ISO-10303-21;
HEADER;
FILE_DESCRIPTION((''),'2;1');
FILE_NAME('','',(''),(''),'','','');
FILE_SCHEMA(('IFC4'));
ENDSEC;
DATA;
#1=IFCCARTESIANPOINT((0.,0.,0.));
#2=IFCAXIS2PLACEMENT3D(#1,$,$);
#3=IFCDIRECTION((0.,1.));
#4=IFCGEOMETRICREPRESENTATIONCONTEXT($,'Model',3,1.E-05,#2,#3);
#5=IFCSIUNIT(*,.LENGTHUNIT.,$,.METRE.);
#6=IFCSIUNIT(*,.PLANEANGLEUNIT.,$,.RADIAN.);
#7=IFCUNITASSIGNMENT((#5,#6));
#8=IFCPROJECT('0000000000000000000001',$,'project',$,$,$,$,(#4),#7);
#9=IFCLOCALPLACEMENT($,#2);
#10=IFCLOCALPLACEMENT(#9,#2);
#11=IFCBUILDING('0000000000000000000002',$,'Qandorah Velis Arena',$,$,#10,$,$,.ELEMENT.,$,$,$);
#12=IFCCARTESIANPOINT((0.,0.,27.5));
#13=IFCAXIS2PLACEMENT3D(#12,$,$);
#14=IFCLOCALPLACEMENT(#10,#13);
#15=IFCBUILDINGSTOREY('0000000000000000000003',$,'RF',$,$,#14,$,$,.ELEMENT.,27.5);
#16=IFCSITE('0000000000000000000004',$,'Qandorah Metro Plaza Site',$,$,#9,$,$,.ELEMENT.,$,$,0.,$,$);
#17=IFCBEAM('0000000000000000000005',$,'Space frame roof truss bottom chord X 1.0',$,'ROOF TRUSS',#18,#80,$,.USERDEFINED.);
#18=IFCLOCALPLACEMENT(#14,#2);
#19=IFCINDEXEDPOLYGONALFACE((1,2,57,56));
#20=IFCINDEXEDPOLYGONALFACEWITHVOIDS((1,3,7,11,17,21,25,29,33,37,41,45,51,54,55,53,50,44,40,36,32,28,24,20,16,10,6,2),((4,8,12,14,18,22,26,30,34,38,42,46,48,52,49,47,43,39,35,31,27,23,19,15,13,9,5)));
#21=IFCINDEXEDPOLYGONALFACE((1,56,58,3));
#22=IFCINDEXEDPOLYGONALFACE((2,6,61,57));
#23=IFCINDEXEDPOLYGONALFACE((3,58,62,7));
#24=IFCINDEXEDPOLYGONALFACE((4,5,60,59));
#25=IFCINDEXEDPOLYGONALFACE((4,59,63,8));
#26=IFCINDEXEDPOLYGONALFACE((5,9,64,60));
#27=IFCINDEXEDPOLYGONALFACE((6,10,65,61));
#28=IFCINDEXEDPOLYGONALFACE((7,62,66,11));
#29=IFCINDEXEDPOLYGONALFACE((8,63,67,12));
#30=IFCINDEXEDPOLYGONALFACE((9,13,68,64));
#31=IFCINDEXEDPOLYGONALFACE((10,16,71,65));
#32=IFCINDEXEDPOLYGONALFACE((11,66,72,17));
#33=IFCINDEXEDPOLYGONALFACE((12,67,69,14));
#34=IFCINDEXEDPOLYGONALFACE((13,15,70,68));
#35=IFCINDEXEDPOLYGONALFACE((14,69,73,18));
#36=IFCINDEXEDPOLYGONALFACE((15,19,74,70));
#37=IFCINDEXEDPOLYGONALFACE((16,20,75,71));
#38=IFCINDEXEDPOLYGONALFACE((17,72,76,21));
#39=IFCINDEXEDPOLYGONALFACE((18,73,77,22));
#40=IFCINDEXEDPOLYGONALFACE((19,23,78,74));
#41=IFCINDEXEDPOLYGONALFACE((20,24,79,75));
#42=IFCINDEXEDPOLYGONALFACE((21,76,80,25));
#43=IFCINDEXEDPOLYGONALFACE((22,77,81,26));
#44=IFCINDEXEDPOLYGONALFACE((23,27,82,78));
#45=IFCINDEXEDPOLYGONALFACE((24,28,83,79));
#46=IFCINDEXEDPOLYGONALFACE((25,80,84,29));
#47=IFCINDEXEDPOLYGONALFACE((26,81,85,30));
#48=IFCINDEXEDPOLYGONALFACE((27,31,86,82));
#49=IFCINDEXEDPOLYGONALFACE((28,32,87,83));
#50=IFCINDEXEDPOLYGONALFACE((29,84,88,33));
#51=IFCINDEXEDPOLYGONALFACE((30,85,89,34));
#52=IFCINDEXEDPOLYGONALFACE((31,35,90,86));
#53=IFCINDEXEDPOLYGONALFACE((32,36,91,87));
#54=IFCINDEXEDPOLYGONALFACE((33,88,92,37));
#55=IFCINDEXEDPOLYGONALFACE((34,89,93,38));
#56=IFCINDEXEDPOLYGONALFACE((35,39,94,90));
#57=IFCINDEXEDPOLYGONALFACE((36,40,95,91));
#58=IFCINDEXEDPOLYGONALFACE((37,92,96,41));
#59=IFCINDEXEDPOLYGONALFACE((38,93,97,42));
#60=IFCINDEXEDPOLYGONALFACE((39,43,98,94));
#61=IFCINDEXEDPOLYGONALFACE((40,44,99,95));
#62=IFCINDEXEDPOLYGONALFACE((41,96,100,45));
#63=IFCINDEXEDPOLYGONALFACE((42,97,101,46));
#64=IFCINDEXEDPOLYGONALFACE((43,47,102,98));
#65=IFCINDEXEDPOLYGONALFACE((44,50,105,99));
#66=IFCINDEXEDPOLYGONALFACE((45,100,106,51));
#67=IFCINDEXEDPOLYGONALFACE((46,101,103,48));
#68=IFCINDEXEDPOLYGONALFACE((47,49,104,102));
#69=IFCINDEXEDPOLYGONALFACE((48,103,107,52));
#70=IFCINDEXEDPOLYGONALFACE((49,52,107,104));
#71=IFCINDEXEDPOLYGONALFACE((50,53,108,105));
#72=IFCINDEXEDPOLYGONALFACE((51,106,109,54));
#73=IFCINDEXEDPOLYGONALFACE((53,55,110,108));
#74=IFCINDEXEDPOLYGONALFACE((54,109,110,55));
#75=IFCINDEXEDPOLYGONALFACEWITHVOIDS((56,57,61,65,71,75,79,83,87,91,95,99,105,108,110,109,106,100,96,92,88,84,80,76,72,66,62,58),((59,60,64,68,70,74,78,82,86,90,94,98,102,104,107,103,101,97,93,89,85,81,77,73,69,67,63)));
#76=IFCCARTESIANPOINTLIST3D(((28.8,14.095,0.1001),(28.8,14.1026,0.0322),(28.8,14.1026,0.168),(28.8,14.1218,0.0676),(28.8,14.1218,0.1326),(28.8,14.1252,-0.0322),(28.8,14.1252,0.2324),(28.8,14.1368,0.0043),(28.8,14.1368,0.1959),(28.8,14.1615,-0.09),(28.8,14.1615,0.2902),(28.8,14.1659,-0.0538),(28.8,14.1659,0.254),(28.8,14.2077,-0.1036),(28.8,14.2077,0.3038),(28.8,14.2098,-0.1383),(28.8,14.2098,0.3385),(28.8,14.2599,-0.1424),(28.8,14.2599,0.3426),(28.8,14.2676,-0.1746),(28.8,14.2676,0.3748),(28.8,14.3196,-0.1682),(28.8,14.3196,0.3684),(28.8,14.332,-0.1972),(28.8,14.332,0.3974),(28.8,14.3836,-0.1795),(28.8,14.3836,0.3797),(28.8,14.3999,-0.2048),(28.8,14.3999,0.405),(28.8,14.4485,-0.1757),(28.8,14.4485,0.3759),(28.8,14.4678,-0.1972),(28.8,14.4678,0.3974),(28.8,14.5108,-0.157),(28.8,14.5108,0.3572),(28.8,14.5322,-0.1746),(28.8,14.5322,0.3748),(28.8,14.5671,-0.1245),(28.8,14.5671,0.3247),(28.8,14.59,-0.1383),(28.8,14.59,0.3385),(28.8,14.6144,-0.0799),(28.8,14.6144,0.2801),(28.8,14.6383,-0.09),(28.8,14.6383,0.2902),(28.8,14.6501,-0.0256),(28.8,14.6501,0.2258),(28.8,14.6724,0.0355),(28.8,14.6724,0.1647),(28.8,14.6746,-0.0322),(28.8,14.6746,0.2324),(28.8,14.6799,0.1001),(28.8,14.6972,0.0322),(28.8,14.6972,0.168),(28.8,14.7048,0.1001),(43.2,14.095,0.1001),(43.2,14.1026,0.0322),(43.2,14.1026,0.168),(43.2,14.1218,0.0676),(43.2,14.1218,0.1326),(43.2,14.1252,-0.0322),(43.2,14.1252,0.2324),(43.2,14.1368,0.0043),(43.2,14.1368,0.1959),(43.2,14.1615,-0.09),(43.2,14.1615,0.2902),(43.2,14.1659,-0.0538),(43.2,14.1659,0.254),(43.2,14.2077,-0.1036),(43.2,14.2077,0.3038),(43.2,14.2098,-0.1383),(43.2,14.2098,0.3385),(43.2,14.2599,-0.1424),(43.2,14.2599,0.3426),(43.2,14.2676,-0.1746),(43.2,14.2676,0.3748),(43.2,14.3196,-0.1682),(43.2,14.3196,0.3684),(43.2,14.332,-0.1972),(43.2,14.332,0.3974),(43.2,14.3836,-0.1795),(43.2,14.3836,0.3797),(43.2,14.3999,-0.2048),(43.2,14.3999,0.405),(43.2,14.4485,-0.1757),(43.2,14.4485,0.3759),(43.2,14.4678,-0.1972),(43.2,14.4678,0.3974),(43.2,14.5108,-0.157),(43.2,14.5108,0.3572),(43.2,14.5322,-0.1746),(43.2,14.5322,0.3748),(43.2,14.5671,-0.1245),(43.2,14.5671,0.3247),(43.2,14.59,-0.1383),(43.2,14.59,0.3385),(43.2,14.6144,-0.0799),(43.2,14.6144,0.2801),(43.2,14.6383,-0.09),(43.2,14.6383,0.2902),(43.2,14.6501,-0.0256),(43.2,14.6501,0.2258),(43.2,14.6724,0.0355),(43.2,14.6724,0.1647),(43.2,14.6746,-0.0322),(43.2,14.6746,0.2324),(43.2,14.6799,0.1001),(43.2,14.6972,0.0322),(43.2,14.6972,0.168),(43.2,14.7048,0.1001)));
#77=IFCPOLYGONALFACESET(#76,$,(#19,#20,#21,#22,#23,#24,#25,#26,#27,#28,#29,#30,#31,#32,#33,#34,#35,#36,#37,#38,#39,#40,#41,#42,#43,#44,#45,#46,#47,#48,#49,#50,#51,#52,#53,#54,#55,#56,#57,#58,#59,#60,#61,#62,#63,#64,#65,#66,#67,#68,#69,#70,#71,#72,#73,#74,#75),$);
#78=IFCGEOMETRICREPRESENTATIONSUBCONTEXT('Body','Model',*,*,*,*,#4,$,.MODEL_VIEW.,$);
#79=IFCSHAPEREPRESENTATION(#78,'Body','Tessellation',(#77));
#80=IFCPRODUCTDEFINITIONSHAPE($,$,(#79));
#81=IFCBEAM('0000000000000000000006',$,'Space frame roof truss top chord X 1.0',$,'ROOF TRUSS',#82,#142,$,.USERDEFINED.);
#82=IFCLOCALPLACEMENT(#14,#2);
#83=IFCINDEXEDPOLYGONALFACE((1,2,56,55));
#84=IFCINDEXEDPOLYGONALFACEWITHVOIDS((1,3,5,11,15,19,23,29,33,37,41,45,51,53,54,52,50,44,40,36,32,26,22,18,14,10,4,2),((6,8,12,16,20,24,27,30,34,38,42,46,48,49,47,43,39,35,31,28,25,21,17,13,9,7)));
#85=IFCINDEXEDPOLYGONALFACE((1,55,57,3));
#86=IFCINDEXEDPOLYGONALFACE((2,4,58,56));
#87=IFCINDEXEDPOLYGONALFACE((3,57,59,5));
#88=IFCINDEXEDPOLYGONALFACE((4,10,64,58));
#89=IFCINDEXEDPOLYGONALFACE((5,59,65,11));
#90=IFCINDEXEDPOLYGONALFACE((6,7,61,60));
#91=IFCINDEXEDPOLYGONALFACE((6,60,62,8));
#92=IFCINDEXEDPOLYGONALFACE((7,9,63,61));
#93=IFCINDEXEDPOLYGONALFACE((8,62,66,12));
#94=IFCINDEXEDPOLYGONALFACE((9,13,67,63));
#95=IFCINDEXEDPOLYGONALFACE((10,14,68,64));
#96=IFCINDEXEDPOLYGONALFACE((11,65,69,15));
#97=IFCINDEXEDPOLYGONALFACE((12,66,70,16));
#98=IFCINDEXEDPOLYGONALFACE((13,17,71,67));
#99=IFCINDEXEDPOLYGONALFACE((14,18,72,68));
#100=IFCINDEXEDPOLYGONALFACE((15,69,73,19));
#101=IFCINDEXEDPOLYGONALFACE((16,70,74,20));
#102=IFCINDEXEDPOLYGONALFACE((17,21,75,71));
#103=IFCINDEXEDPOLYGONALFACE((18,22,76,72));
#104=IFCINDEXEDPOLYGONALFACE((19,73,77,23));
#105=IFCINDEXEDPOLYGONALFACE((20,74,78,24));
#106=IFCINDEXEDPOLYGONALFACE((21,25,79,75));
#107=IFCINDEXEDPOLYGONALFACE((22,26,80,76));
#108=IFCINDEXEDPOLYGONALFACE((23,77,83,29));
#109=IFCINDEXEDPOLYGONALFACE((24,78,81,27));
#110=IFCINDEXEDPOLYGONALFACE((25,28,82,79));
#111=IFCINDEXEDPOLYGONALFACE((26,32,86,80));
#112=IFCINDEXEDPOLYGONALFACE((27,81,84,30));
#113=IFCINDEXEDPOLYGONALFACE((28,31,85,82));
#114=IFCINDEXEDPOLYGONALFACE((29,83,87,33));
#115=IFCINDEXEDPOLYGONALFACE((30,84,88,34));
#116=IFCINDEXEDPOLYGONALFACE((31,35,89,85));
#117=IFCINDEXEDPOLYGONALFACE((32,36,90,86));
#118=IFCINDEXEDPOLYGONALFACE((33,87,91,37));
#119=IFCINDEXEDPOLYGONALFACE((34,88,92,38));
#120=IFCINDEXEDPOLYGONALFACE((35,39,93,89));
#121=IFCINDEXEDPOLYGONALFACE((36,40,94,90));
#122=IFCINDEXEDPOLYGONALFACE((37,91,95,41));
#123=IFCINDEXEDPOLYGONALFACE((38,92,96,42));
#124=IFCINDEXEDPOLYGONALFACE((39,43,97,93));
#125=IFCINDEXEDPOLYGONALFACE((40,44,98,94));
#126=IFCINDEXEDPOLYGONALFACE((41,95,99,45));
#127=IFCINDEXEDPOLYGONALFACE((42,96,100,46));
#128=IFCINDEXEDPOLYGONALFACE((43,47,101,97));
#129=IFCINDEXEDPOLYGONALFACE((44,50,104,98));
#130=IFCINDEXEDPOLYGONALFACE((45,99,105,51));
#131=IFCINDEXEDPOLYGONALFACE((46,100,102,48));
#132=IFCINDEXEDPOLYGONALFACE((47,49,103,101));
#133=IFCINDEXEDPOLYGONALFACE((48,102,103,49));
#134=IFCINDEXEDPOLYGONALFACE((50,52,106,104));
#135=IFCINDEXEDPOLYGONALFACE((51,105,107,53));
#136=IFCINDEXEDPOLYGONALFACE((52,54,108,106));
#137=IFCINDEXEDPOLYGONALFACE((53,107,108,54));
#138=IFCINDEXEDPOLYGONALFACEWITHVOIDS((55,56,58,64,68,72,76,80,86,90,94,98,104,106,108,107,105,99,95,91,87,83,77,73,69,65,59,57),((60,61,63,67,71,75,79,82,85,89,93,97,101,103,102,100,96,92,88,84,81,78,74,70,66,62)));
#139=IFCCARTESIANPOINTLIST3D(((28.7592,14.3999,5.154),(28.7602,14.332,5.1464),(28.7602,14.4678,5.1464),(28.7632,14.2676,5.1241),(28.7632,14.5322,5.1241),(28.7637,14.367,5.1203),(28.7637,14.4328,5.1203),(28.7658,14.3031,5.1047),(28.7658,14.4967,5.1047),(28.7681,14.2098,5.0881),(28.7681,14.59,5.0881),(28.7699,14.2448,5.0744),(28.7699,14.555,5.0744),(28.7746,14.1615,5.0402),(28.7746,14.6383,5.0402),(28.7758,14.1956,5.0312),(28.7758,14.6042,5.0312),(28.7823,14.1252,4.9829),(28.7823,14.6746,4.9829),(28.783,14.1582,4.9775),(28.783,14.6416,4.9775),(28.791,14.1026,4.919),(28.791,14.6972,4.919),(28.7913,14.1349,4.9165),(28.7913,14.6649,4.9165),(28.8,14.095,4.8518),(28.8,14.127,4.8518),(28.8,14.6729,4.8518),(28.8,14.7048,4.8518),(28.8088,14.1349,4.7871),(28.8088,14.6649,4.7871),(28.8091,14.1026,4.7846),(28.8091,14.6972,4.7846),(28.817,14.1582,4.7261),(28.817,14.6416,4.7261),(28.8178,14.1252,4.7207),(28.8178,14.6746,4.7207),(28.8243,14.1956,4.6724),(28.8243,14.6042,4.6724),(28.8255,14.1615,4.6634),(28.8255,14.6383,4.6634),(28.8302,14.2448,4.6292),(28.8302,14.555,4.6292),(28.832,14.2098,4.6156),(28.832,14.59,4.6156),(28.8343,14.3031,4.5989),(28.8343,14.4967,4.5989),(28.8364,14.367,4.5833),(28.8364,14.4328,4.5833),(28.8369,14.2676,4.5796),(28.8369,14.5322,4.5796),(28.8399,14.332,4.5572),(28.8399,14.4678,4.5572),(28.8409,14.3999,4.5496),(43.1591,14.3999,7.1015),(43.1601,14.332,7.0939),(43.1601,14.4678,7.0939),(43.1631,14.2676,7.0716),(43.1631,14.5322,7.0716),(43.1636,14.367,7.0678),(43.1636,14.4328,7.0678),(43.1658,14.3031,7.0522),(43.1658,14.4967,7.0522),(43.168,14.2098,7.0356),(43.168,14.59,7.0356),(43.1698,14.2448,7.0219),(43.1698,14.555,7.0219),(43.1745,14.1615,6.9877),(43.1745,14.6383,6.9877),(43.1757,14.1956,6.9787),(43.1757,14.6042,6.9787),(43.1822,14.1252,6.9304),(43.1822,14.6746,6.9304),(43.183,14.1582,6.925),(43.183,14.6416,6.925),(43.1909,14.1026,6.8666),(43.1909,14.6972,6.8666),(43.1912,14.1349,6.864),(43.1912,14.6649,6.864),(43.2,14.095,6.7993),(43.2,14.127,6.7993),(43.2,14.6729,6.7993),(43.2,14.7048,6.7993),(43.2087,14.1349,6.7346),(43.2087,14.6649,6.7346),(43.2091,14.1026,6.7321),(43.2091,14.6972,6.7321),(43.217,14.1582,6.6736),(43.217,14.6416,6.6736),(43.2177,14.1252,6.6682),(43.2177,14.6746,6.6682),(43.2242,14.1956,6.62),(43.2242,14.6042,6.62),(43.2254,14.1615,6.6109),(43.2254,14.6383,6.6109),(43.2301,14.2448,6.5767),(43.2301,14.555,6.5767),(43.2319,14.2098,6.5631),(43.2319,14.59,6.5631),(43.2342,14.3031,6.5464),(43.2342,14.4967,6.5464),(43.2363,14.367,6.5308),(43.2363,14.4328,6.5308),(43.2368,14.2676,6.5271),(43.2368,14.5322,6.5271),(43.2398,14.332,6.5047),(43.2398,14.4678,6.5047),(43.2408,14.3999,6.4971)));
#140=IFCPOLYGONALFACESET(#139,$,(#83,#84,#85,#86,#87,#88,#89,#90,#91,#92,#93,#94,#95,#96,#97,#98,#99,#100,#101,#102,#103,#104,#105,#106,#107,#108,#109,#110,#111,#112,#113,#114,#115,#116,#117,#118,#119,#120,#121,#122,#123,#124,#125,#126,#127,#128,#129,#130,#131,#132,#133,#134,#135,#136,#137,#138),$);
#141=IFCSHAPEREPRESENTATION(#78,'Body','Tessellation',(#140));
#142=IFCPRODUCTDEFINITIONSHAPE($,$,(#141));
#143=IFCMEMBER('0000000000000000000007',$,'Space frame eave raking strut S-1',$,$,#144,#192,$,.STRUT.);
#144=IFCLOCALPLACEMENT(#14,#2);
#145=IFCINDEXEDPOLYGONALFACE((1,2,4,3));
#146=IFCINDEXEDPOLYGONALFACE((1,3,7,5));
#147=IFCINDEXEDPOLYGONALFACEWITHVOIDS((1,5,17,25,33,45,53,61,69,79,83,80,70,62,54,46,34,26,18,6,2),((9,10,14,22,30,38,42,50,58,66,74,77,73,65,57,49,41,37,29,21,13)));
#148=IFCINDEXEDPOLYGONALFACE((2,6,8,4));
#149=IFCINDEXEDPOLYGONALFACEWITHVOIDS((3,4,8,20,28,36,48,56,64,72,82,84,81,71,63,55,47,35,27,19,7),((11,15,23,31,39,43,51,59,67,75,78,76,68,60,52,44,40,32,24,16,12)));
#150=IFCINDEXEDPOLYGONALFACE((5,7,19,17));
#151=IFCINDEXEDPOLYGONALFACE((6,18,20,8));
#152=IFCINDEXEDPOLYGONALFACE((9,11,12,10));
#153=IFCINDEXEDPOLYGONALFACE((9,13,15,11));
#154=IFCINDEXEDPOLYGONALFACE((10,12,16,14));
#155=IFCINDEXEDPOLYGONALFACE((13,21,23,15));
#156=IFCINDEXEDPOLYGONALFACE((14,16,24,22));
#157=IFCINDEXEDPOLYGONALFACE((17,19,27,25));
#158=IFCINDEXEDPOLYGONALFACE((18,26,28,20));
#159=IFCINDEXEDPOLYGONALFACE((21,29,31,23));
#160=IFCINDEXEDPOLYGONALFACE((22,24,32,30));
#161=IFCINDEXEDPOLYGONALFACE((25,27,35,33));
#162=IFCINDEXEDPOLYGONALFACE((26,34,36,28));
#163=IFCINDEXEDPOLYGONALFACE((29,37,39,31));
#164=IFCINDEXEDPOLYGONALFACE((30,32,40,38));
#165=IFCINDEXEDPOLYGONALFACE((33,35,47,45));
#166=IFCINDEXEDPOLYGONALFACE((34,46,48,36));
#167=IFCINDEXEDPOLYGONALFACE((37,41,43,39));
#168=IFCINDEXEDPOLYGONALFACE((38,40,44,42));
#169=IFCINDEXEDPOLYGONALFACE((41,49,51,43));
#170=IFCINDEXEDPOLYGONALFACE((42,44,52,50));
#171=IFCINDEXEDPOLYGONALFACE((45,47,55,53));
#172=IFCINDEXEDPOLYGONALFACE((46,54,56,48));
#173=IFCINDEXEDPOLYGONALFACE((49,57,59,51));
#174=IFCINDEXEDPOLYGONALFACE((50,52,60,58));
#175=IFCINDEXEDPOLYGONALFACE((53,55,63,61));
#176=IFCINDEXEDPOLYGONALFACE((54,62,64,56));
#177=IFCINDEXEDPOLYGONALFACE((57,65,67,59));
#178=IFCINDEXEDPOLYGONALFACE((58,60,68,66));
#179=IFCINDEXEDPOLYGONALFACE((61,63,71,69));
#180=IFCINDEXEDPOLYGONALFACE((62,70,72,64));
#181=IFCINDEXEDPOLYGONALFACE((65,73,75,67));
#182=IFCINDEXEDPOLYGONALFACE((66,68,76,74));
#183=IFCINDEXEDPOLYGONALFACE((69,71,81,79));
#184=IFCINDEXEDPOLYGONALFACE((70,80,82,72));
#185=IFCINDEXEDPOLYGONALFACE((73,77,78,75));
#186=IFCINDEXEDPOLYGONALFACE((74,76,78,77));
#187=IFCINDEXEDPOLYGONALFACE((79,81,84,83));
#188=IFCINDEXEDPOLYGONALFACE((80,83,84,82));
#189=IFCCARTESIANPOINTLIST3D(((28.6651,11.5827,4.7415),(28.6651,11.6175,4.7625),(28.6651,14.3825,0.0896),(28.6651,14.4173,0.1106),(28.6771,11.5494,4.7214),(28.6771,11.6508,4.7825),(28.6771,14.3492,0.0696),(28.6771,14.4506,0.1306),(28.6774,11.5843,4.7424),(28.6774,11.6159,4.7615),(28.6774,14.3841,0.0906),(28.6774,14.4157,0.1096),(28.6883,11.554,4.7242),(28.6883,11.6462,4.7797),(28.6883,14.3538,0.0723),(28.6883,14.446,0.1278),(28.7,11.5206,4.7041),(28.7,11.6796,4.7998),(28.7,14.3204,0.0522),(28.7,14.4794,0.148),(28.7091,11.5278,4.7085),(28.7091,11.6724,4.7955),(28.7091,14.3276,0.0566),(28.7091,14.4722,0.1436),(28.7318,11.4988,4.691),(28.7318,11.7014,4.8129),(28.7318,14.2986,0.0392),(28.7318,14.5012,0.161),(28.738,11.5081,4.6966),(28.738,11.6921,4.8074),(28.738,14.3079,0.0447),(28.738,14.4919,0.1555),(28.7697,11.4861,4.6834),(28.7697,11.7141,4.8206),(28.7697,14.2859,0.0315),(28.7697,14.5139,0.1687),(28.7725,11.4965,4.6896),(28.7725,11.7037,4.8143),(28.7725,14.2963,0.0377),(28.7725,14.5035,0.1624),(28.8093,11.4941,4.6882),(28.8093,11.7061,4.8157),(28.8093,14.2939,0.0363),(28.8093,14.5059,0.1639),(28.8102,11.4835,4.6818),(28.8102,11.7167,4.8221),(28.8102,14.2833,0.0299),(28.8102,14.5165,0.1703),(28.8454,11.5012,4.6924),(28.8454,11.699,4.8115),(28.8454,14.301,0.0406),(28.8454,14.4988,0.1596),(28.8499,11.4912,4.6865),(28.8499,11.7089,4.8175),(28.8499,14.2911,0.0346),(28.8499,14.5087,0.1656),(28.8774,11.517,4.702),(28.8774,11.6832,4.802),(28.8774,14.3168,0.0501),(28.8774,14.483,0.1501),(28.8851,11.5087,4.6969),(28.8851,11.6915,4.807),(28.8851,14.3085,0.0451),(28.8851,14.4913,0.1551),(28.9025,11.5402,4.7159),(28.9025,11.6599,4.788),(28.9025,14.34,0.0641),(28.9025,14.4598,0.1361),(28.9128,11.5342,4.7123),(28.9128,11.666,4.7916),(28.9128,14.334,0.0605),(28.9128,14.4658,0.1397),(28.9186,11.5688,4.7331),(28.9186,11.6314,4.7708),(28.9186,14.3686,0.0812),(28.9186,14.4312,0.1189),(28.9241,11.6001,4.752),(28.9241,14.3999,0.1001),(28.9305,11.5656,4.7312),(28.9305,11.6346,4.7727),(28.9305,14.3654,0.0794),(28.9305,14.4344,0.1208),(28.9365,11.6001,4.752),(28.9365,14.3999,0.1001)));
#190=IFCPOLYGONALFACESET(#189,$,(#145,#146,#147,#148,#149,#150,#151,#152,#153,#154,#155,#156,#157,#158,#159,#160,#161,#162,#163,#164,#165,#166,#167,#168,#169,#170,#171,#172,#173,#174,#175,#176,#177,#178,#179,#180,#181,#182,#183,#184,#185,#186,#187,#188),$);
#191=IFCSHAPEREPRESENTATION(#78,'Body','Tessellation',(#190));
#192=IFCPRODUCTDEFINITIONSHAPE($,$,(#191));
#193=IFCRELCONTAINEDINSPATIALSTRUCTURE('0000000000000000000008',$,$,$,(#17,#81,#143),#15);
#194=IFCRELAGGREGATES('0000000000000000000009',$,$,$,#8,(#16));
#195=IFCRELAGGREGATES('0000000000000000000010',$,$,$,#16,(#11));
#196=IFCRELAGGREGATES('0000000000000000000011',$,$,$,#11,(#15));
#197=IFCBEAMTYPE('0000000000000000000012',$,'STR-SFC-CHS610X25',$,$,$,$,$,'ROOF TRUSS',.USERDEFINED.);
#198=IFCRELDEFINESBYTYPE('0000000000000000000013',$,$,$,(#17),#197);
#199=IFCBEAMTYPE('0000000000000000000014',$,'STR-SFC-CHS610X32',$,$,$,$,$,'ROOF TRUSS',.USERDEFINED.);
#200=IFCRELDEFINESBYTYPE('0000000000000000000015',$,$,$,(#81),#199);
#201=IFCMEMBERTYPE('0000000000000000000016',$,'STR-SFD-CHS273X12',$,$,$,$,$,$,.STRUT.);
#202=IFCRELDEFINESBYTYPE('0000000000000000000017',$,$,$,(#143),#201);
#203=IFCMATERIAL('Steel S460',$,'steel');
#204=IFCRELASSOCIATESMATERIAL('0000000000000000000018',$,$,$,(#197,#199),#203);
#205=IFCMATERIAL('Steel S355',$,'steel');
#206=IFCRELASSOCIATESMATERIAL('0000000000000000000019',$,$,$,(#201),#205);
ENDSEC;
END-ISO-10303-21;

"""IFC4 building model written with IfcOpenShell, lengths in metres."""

from ifc_helpers import new_model, si_unit, direction, frame, origin, origin_2d, place, context, subcontext, project, spatial, hollow_circle, extrude, material, material_profile, profile_set, type_object, element, save


model = new_model("IFC4")

# Units and contexts
model_context = context("Model", 3, precision=1e-05, world=origin(), true_north=direction((0.0, 1.0)))
body_context = subcontext(model_context, "Body", "Model", "MODEL_VIEW")
ifc_project = project(units=[si_unit("LENGTHUNIT", "METRE"), si_unit("PLANEANGLEUNIT", "RADIAN")], contexts=[model_context])

# Site, building, storey
site_placement = place(None, origin())
site = spatial("IfcSite", under=ifc_project, at=site_placement, Name="Qandorah Metro Plaza Site", CompositionType="ELEMENT", RefElevation=0.0)
building_placement = place(site_placement, origin())
building = spatial("IfcBuilding", under=site, at=building_placement, Name="Qandorah Velis Arena", CompositionType="ELEMENT")
storey_placement = place(building_placement, frame((0.0, 0.0, 27.5)))
storey = spatial("IfcBuildingStorey", under=building, at=storey_placement, Name="RF", CompositionType="ELEMENT", Elevation=27.5)

# Beams
ifc_material_1 = material(Name="Steel S355", Category="steel")
ifc_material_2 = material(Name="Steel S460", Category="steel")
ifc_material_profile_1 = material_profile(ifc_material_2, hollow_circle(Radius=0.3049, WallThickness=0.0249, at=origin_2d()), Name="CHS 610x25")
ifc_profile_set_1 = profile_set([ifc_material_profile_1], Name="Steel S460")
beam_type_1 = type_object("IfcBeamType", Name="STR-SFC-CHS610X25", ElementType="ROOF TRUSS", PredefinedType="USERDEFINED", material=ifc_profile_set_1)
beam_1_placement = place(storey_placement, frame((28.8, 14.3999, 0.1001), z_axis=(1.0, 0.0, 0.0), x_axis=(0.0, 1.0, 0.0)))
element("IfcBeam", 1, at=beam_1_placement, inside=storey, type_object=beam_type_1, Name="Space frame roof truss bottom chord X 1.0", ObjectType="ROOF TRUSS", PredefinedType="USERDEFINED", context=body_context, shape_type="SweptSolid", body=[
    extrude(hollow_circle(Radius=0.3049, WallThickness=0.0249, at=origin_2d()), origin(), (0.0, 0.0, 1.0), 14.3999),
])
ifc_material_profile_2 = material_profile(ifc_material_2, hollow_circle(Radius=0.3049, WallThickness=0.032, at=origin_2d()), Name="CHS 610x32")
ifc_profile_set_2 = profile_set([ifc_material_profile_2], Name="Steel S460")
beam_type_2 = type_object("IfcBeamType", Name="STR-SFC-CHS610X32", ElementType="ROOF TRUSS", PredefinedType="USERDEFINED", material=ifc_profile_set_2)
beam_2_placement = place(storey_placement, frame((28.8, 14.3999, 4.8518), z_axis=(0.990978, 0.0, 0.134024), x_axis=(0.0, 1.0, 0.0)))
element("IfcBeam", 2, at=beam_2_placement, inside=storey, type_object=beam_type_2, Name="Space frame roof truss top chord X 1.0", ObjectType="ROOF TRUSS", PredefinedType="USERDEFINED", context=body_context, shape_type="SweptSolid", body=[
    extrude(hollow_circle(Radius=0.3049, WallThickness=0.032, at=origin_2d()), origin(), (0.0, 0.0, 1.0), 14.531),
])

# Member
ifc_material_profile_3 = material_profile(ifc_material_1, hollow_circle(Radius=0.1365, WallThickness=0.0125, at=origin_2d()), Name="CHS 273x12.5")
ifc_profile_set_3 = profile_set([ifc_material_profile_3], Name="Steel S355")
member_type_1 = type_object("IfcMemberType", Name="STR-SFD-CHS273X12", PredefinedType="STRUT", material=ifc_profile_set_3)
member_1_placement = place(storey_placement, frame((28.8, 14.3999, 0.1001), z_axis=(0.0, -0.515672, 0.856786), x_axis=(1.0, 0.0, 0.0)))
element("IfcMember", 3, at=member_1_placement, inside=storey, type_object=member_type_1, Name="Space frame eave raking strut S-1", PredefinedType="STRUT", context=body_context, shape_type="SweptSolid", body=[
    extrude(hollow_circle(Radius=0.1365, WallThickness=0.0125, at=origin_2d()), origin(), (0.0, 0.0, 1.0), 5.4294),
])

save(model, "model.ifc")
